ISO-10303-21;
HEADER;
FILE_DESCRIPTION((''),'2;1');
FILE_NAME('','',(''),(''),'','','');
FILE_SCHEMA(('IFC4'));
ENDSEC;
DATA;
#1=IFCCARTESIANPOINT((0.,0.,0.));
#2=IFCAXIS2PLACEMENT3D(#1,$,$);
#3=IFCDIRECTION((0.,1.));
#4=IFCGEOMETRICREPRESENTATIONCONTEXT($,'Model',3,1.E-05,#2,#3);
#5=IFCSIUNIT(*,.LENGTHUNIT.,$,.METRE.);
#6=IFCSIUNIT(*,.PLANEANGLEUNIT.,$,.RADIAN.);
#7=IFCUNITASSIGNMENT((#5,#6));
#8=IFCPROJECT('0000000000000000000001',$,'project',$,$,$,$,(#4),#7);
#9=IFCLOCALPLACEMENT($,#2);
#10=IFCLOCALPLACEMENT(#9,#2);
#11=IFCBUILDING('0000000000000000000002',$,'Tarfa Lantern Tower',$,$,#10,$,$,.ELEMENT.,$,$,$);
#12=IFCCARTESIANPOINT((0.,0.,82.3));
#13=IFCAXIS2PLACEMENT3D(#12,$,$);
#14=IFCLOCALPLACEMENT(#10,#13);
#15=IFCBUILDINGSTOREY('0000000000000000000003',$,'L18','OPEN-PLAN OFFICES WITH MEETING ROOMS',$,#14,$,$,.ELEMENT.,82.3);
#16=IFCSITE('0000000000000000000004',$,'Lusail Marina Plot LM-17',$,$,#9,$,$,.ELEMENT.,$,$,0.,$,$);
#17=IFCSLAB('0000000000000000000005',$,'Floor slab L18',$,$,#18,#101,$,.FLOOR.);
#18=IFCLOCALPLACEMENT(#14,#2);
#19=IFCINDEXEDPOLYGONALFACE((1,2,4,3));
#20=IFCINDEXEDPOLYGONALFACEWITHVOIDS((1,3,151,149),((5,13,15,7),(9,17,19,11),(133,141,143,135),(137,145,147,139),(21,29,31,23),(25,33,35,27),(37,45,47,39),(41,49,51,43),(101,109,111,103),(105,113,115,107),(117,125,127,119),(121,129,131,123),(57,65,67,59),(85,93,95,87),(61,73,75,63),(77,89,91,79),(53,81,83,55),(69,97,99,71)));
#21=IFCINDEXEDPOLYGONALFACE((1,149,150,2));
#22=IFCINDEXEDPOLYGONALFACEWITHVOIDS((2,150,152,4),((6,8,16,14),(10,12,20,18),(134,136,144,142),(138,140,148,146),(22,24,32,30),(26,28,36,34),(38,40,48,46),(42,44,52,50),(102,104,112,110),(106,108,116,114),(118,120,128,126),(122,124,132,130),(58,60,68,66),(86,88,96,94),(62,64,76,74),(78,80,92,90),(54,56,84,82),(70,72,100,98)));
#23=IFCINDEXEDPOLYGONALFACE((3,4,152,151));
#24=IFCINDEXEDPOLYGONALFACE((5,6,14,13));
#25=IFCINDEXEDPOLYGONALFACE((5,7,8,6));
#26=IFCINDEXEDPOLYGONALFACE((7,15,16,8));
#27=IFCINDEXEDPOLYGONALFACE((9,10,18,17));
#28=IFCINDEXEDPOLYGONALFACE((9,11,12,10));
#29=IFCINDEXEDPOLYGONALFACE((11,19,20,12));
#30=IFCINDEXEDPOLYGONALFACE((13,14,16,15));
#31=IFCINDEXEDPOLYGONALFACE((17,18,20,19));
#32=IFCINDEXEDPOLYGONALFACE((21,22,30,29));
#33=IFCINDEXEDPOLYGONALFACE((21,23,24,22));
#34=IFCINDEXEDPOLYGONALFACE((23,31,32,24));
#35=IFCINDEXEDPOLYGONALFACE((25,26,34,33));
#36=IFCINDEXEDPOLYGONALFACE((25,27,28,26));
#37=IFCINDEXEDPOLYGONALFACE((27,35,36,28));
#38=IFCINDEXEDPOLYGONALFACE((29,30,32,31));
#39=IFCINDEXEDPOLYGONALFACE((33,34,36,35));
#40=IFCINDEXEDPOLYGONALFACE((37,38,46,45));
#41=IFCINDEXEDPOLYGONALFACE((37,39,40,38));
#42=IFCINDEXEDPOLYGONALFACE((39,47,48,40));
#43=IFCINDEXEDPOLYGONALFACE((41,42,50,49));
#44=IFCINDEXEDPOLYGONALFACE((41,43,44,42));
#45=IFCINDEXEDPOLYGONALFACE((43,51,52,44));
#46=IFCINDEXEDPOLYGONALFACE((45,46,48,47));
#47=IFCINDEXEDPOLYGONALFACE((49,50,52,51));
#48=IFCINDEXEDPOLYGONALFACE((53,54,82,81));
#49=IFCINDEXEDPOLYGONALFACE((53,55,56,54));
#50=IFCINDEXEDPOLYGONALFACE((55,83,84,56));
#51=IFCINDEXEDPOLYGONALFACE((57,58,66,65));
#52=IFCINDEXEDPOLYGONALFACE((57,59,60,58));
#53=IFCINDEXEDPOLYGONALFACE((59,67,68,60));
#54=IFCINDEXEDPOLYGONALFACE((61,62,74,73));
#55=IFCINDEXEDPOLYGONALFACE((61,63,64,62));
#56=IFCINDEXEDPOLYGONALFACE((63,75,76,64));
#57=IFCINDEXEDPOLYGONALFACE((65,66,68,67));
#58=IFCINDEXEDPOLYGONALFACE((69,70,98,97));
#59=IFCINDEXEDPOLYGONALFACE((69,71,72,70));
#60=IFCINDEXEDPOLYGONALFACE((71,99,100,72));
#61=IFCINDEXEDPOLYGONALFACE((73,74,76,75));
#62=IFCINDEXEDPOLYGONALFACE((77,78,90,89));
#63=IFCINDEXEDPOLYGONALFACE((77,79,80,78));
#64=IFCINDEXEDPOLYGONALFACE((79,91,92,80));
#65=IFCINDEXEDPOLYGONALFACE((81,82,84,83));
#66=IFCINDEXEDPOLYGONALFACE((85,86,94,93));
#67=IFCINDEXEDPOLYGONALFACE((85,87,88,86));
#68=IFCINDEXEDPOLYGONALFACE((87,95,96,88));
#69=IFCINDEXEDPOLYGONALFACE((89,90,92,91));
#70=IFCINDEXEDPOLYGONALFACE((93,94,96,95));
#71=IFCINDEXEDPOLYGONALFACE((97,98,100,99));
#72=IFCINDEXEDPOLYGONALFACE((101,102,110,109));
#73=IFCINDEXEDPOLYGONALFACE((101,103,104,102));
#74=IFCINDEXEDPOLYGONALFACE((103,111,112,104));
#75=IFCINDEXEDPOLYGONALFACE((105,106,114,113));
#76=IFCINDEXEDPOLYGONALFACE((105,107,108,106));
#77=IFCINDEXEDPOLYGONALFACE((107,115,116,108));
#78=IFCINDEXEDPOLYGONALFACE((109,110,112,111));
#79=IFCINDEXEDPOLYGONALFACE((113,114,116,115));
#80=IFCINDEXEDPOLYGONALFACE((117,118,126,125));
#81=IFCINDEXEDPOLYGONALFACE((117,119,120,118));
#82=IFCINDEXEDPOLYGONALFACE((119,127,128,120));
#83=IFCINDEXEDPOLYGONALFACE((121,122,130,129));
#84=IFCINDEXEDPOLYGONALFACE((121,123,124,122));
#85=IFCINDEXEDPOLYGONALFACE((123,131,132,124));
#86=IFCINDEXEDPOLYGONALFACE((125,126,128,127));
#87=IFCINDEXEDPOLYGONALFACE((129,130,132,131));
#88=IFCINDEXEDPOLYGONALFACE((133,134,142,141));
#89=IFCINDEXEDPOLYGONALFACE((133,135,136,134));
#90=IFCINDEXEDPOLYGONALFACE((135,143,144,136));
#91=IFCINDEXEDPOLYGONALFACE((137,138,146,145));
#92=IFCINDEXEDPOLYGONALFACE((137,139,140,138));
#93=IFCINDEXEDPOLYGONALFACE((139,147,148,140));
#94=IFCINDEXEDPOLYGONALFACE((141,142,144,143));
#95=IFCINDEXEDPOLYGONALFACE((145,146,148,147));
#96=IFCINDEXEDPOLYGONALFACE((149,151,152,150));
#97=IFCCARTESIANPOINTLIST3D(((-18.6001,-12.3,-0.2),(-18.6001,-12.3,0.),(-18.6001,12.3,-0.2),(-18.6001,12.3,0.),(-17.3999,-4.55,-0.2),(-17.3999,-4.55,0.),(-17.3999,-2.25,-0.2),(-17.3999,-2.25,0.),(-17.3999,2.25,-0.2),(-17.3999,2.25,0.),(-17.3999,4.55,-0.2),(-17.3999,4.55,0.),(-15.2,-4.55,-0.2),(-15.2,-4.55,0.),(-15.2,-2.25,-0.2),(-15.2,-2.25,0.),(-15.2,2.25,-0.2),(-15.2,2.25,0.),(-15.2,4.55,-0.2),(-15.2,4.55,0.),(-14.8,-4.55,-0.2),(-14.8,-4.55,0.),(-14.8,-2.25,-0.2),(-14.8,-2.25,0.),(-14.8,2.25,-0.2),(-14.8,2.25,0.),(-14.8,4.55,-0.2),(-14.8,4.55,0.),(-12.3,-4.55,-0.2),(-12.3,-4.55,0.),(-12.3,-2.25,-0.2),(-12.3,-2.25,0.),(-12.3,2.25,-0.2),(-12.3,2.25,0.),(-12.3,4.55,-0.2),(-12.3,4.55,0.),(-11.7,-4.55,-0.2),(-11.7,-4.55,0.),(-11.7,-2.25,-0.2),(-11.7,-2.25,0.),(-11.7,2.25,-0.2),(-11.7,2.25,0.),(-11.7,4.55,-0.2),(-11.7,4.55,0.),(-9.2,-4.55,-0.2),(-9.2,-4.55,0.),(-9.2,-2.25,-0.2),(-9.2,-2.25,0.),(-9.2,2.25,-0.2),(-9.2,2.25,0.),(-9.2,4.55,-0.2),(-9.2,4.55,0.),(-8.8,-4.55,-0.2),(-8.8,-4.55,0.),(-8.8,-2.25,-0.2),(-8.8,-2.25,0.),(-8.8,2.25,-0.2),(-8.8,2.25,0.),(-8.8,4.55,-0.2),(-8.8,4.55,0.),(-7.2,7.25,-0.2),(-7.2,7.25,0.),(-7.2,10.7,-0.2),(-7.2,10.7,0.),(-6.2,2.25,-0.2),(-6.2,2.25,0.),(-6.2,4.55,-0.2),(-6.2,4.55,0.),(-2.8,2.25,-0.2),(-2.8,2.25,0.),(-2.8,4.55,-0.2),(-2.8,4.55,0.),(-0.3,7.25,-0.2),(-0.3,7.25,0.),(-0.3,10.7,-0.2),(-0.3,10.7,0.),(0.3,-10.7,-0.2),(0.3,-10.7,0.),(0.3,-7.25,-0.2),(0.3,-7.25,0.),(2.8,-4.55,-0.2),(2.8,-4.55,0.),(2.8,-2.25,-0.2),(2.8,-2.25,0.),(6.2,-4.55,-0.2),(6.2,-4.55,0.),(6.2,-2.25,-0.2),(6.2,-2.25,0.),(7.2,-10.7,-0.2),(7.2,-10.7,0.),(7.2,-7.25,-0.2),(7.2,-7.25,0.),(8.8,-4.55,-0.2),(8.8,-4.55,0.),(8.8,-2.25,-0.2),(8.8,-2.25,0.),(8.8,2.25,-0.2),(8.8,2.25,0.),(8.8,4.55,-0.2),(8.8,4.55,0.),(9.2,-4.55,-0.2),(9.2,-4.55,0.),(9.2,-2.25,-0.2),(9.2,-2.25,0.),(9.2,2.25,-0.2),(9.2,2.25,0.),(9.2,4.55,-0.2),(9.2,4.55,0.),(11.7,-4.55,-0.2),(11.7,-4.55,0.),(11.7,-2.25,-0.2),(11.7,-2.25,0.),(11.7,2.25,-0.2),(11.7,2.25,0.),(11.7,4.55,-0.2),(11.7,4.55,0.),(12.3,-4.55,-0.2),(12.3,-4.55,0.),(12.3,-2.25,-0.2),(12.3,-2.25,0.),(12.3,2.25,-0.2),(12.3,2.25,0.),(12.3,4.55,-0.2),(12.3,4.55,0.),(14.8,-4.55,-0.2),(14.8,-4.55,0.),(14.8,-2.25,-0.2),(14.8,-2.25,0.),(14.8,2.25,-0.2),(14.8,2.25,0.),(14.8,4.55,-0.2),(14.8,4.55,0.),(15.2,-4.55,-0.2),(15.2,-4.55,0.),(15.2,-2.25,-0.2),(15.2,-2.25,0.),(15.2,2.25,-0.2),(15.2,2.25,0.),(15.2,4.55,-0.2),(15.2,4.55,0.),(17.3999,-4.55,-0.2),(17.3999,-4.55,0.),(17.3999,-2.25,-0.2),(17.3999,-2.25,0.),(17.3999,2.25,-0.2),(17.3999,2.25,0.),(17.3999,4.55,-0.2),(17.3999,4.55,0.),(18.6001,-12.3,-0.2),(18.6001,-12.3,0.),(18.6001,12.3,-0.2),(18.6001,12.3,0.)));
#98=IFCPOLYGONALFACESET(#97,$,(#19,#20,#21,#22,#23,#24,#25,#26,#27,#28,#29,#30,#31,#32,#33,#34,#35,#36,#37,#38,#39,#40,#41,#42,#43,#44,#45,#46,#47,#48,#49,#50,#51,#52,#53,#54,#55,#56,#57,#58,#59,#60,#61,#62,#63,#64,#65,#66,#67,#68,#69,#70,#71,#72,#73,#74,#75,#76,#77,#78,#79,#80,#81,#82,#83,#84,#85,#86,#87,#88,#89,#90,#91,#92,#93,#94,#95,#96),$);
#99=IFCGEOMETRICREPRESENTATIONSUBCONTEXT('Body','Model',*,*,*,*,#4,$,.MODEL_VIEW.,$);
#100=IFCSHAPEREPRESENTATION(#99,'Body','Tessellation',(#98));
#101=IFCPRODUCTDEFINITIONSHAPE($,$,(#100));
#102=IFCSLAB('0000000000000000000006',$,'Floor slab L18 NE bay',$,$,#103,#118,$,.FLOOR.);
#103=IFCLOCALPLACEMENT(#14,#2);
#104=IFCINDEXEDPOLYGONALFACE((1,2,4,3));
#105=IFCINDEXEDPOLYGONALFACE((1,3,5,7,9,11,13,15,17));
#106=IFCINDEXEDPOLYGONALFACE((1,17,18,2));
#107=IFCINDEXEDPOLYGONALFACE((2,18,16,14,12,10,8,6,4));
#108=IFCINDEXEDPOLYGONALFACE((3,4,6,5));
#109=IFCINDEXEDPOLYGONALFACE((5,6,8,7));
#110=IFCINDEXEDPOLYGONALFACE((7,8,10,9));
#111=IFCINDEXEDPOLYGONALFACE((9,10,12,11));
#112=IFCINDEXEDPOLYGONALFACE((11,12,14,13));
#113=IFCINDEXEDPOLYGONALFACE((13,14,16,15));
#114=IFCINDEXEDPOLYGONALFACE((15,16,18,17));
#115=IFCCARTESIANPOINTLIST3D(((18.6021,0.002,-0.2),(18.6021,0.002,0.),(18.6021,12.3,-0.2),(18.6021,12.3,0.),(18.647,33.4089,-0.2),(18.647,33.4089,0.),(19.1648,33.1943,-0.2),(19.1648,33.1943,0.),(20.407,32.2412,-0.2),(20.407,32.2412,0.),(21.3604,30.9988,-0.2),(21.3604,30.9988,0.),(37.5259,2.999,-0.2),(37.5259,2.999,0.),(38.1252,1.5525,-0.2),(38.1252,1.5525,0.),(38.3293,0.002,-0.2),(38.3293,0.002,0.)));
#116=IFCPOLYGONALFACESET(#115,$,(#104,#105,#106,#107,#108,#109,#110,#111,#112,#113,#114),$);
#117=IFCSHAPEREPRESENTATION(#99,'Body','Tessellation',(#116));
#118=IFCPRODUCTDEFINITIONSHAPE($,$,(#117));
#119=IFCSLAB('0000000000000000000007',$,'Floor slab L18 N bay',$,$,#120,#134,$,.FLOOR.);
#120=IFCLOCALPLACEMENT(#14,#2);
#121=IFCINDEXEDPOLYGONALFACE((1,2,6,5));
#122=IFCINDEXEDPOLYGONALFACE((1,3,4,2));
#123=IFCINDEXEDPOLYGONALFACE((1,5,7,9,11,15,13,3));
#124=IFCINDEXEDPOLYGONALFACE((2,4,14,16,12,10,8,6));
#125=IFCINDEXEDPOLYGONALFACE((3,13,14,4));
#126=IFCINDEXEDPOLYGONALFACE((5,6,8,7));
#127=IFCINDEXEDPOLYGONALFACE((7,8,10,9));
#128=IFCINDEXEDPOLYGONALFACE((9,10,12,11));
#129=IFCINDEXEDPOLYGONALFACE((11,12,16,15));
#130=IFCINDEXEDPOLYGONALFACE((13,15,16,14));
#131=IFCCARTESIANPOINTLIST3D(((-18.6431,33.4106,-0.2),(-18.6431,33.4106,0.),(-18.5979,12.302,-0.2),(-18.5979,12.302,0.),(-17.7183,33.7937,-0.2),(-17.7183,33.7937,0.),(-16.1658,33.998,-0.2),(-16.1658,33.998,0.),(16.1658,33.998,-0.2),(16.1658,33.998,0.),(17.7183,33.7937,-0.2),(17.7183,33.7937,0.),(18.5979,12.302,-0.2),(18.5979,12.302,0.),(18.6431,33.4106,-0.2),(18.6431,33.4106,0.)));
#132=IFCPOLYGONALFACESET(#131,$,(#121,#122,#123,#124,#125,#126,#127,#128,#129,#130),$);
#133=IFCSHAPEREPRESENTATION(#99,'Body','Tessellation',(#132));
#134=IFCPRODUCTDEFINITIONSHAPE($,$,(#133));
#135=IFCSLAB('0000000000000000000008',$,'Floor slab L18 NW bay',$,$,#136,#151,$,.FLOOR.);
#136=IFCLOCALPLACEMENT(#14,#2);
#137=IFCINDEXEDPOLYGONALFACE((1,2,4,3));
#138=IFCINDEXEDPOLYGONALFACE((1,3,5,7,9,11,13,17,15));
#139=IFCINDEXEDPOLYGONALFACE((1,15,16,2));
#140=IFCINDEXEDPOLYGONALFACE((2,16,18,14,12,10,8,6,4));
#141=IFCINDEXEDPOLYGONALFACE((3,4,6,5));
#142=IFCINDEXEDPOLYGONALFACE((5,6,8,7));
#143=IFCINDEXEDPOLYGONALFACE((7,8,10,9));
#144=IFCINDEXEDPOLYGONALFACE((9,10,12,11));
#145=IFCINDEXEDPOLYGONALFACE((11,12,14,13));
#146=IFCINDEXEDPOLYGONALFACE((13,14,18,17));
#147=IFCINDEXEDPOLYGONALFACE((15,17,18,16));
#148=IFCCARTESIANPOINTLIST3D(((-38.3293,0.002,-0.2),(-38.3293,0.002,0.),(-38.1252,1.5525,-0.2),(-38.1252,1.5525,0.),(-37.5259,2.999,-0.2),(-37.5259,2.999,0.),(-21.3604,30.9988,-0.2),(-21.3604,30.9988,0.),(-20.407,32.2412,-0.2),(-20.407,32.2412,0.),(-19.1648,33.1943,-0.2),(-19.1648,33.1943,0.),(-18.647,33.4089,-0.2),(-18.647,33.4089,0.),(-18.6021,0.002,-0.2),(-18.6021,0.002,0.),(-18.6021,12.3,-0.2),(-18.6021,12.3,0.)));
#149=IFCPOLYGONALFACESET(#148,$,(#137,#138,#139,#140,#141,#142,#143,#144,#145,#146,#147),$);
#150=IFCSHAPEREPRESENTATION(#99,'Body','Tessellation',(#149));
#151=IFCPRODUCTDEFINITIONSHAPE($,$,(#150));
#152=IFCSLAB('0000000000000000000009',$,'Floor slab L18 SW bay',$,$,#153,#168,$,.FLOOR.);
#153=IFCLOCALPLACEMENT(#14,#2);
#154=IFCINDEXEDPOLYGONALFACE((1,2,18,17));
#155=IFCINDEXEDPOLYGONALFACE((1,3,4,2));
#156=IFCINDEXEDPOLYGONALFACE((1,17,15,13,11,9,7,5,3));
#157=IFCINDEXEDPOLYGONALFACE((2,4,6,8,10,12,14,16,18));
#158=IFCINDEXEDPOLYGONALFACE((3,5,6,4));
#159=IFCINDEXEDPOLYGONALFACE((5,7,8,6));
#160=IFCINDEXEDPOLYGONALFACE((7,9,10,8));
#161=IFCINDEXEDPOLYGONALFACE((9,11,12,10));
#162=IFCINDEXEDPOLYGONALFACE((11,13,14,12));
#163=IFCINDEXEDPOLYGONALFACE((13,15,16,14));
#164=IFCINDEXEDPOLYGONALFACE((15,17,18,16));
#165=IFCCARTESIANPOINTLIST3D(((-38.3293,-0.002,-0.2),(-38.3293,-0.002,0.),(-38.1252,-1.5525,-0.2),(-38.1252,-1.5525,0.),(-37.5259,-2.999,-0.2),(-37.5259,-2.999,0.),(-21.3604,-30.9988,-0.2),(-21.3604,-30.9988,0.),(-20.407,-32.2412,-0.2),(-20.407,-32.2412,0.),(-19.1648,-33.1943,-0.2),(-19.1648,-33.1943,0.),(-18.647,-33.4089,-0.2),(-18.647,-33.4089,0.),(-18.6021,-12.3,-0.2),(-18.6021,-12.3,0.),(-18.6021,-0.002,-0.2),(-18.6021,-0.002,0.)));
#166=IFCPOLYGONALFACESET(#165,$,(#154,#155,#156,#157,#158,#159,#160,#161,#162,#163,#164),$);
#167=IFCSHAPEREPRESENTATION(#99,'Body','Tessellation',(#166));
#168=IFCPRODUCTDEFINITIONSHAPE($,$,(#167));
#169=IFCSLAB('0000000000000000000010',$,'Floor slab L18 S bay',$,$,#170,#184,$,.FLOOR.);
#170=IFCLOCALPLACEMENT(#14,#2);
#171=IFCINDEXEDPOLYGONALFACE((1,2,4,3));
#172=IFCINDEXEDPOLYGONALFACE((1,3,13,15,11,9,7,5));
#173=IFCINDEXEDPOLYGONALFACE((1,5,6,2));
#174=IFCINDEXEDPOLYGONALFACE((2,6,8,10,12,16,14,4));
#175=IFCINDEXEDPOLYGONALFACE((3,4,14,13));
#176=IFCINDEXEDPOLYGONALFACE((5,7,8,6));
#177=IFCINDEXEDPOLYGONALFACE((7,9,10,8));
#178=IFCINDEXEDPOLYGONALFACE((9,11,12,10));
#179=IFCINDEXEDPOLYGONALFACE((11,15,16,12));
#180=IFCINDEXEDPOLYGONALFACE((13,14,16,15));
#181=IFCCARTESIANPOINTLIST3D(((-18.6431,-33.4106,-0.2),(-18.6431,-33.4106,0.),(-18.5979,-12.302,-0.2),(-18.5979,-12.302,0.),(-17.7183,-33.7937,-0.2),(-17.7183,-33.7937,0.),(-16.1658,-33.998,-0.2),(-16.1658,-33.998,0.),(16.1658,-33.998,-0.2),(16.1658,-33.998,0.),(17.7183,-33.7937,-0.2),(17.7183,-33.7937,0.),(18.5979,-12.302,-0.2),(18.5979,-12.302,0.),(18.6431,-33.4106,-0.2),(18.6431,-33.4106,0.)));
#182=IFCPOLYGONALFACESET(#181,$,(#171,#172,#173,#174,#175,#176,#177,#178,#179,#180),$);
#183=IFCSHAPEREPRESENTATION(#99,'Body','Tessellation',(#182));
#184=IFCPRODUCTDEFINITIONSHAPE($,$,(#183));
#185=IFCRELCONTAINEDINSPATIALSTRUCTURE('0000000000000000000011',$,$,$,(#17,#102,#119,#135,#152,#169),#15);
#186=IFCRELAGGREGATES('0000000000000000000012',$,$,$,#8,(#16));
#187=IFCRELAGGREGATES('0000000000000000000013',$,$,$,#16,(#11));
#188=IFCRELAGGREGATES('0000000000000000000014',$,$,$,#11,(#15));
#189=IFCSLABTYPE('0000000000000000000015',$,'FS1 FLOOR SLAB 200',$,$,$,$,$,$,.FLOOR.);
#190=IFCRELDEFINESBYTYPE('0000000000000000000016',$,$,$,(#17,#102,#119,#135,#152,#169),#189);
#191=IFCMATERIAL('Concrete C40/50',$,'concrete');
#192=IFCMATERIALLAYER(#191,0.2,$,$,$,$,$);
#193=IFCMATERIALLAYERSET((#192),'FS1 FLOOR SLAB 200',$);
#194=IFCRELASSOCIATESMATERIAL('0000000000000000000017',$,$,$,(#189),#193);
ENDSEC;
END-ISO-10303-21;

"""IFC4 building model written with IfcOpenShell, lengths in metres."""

from ifc_helpers import new_model, si_unit, direction, frame, origin, place, context, subcontext, project, spatial, polyline, outline, extrude, material, layer, layer_set, type_object, element, save


model = new_model("IFC4")

# Units and contexts
model_context = context("Model", 3, precision=1e-05, world=origin(), true_north=direction((0.0, 1.0)))
body_context = subcontext(model_context, "Body", "Model", "MODEL_VIEW")
ifc_project = project(units=[si_unit("LENGTHUNIT", "METRE"), si_unit("PLANEANGLEUNIT", "RADIAN")], contexts=[model_context])

# Site, building, storey
site_placement = place(None, origin())
site = spatial("IfcSite", under=ifc_project, at=site_placement, Name="Lusail Marina Plot LM-17", CompositionType="ELEMENT", RefElevation=0.0)
building_placement = place(site_placement, origin())
building = spatial("IfcBuilding", under=site, at=building_placement, Name="Tarfa Lantern Tower", CompositionType="ELEMENT")
storey_placement = place(building_placement, frame((0.0, 0.0, 82.3)))
storey = spatial("IfcBuildingStorey", under=building, at=storey_placement, Name="L18", Description="OPEN-PLAN OFFICES WITH MEETING ROOMS", CompositionType="ELEMENT", Elevation=82.3)

# Slabs
ifc_material_1 = material(Name="Concrete C40/50", Category="concrete")
ifc_layer_1 = layer(ifc_material_1, 0.2)
ifc_layer_set_1 = layer_set([ifc_layer_1], Name="FS1 FLOOR SLAB 200")
slab_type_1 = type_object("IfcSlabType", Name="FS1 FLOOR SLAB 200", PredefinedType="FLOOR", material=ifc_layer_set_1)
slab_1_placement = place(storey_placement, frame((0.0, 0.0, -0.2)))
element("IfcSlab", 1, at=slab_1_placement, inside=storey, type_object=slab_type_1, Name="Floor slab L18", PredefinedType="FLOOR", context=body_context, shape_type="SweptSolid", body=[
    extrude(outline(polyline([(-18.6001, -12.3), (18.6001, -12.3), (18.6001, 12.3), (-18.6001, 12.3), (-18.6001, -12.3)]), holes=[polyline([(-17.3999, 2.25), (-15.2, 2.25), (-15.2, 4.55), (-17.3999, 4.55), (-17.3999, 2.25)]), polyline([(-14.8, 2.25), (-12.3, 2.25), (-12.3, 4.55), (-14.8, 4.55), (-14.8, 2.25)]), polyline([(-11.7, 2.25), (-9.2, 2.25), (-9.2, 4.55), (-11.7, 4.55), (-11.7, 2.25)]), polyline([(-8.8, 2.25), (-6.2, 2.25), (-6.2, 4.55), (-8.8, 4.55), (-8.8, 2.25)]), polyline([(-2.8, 2.25), (8.8, 2.25), (8.8, 4.55), (-2.8, 4.55), (-2.8, 2.25)]), polyline([(9.2, 2.25), (11.7, 2.25), (11.7, 4.55), (9.2, 4.55), (9.2, 2.25)]), polyline([(12.3, 2.25), (14.8, 2.25), (14.8, 4.55), (12.3, 4.55), (12.3, 2.25)]), polyline([(15.2, 2.25), (17.3999, 2.25), (17.3999, 4.55), (15.2, 4.55), (15.2, 2.25)]), polyline([(17.3999, -2.25), (15.2, -2.25), (15.2, -4.55), (17.3999, -4.55), (17.3999, -2.25)]), polyline([(14.8, -2.25), (12.3, -2.25), (12.3, -4.55), (14.8, -4.55), (14.8, -2.25)]), polyline([(11.7, -2.25), (9.2, -2.25), (9.2, -4.55), (11.7, -4.55), (11.7, -2.25)]), polyline([(8.8, -2.25), (6.2, -2.25), (6.2, -4.55), (8.8, -4.55), (8.8, -2.25)]), polyline([(2.8, -2.25), (-8.8, -2.25), (-8.8, -4.55), (2.8, -4.55), (2.8, -2.25)]), polyline([(-9.2, -2.25), (-11.7, -2.25), (-11.7, -4.55), (-9.2, -4.55), (-9.2, -2.25)]), polyline([(-12.3, -2.25), (-14.8, -2.25), (-14.8, -4.55), (-12.3, -4.55), (-12.3, -2.25)]), polyline([(-15.2, -2.25), (-17.3999, -2.25), (-17.3999, -4.55), (-15.2, -4.55), (-15.2, -2.25)]), polyline([(-7.2, 7.25), (-0.3, 7.25), (-0.3, 10.7), (-7.2, 10.7), (-7.2, 7.25)]), polyline([(7.2, -7.25), (0.3, -7.25), (0.3, -10.7), (7.2, -10.7), (7.2, -7.25)])]), origin(), (0.0, 0.0, 1.0), 0.2),
])
slab_2_placement = place(storey_placement, frame((0.0, 0.0, -0.2)))
element("IfcSlab", 2, at=slab_2_placement, inside=storey, type_object=slab_type_1, Name="Floor slab L18 NE bay", PredefinedType="FLOOR", context=body_context, shape_type="SweptSolid", body=[
    extrude(outline(polyline([(37.5259, 2.999), (21.3604, 30.9988), (20.407, 32.2412), (19.1648, 33.1943), (18.647, 33.4089), (18.6021, 12.3), (18.6021, 0.002), (38.3293, 0.002), (38.1252, 1.5525), (37.5259, 2.999)])), origin(), (0.0, 0.0, 1.0), 0.2),
])
slab_3_placement = place(storey_placement, frame((0.0, 0.0, -0.2)))
element("IfcSlab", 3, at=slab_3_placement, inside=storey, type_object=slab_type_1, Name="Floor slab L18 N bay", PredefinedType="FLOOR", context=body_context, shape_type="SweptSolid", body=[
    extrude(outline(polyline([(-18.5979, 12.302), (18.5979, 12.302), (18.6431, 33.4106), (17.7183, 33.7937), (16.1658, 33.998), (-16.1658, 33.998), (-17.7183, 33.7937), (-18.6431, 33.4106), (-18.5979, 12.302)])), origin(), (0.0, 0.0, 1.0), 0.2),
])
slab_4_placement = place(storey_placement, frame((0.0, 0.0, -0.2)))
element("IfcSlab", 4, at=slab_4_placement, inside=storey, type_object=slab_type_1, Name="Floor slab L18 NW bay", PredefinedType="FLOOR", context=body_context, shape_type="SweptSolid", body=[
    extrude(outline(polyline([(-18.6021, 0.002), (-18.6021, 12.3), (-18.647, 33.4089), (-19.1648, 33.1943), (-20.407, 32.2412), (-21.3604, 30.9988), (-37.5259, 2.999), (-38.1252, 1.5525), (-38.3293, 0.002), (-18.6021, 0.002)])), origin(), (0.0, 0.0, 1.0), 0.2),
])
slab_5_placement = place(storey_placement, frame((0.0, 0.0, -0.2)))
element("IfcSlab", 5, at=slab_5_placement, inside=storey, type_object=slab_type_1, Name="Floor slab L18 SW bay", PredefinedType="FLOOR", context=body_context, shape_type="SweptSolid", body=[
    extrude(outline(polyline([(-18.6021, -12.3), (-18.6021, -0.002), (-38.3293, -0.002), (-38.1252, -1.5525), (-37.5259, -2.999), (-21.3604, -30.9988), (-20.407, -32.2412), (-19.1648, -33.1943), (-18.647, -33.4089), (-18.6021, -12.3)])), origin(), (0.0, 0.0, 1.0), 0.2),
])
slab_6_placement = place(storey_placement, frame((0.0, 0.0, -0.2)))
element("IfcSlab", 6, at=slab_6_placement, inside=storey, type_object=slab_type_1, Name="Floor slab L18 S bay", PredefinedType="FLOOR", context=body_context, shape_type="SweptSolid", body=[
    extrude(outline(polyline([(18.5979, -12.302), (-18.5979, -12.302), (-18.6431, -33.4106), (-17.7183, -33.7937), (-16.1658, -33.998), (16.1658, -33.998), (17.7183, -33.7937), (18.6431, -33.4106), (18.5979, -12.302)])), origin(), (0.0, 0.0, 1.0), 0.2),
])

save(model, "model.ifc")
